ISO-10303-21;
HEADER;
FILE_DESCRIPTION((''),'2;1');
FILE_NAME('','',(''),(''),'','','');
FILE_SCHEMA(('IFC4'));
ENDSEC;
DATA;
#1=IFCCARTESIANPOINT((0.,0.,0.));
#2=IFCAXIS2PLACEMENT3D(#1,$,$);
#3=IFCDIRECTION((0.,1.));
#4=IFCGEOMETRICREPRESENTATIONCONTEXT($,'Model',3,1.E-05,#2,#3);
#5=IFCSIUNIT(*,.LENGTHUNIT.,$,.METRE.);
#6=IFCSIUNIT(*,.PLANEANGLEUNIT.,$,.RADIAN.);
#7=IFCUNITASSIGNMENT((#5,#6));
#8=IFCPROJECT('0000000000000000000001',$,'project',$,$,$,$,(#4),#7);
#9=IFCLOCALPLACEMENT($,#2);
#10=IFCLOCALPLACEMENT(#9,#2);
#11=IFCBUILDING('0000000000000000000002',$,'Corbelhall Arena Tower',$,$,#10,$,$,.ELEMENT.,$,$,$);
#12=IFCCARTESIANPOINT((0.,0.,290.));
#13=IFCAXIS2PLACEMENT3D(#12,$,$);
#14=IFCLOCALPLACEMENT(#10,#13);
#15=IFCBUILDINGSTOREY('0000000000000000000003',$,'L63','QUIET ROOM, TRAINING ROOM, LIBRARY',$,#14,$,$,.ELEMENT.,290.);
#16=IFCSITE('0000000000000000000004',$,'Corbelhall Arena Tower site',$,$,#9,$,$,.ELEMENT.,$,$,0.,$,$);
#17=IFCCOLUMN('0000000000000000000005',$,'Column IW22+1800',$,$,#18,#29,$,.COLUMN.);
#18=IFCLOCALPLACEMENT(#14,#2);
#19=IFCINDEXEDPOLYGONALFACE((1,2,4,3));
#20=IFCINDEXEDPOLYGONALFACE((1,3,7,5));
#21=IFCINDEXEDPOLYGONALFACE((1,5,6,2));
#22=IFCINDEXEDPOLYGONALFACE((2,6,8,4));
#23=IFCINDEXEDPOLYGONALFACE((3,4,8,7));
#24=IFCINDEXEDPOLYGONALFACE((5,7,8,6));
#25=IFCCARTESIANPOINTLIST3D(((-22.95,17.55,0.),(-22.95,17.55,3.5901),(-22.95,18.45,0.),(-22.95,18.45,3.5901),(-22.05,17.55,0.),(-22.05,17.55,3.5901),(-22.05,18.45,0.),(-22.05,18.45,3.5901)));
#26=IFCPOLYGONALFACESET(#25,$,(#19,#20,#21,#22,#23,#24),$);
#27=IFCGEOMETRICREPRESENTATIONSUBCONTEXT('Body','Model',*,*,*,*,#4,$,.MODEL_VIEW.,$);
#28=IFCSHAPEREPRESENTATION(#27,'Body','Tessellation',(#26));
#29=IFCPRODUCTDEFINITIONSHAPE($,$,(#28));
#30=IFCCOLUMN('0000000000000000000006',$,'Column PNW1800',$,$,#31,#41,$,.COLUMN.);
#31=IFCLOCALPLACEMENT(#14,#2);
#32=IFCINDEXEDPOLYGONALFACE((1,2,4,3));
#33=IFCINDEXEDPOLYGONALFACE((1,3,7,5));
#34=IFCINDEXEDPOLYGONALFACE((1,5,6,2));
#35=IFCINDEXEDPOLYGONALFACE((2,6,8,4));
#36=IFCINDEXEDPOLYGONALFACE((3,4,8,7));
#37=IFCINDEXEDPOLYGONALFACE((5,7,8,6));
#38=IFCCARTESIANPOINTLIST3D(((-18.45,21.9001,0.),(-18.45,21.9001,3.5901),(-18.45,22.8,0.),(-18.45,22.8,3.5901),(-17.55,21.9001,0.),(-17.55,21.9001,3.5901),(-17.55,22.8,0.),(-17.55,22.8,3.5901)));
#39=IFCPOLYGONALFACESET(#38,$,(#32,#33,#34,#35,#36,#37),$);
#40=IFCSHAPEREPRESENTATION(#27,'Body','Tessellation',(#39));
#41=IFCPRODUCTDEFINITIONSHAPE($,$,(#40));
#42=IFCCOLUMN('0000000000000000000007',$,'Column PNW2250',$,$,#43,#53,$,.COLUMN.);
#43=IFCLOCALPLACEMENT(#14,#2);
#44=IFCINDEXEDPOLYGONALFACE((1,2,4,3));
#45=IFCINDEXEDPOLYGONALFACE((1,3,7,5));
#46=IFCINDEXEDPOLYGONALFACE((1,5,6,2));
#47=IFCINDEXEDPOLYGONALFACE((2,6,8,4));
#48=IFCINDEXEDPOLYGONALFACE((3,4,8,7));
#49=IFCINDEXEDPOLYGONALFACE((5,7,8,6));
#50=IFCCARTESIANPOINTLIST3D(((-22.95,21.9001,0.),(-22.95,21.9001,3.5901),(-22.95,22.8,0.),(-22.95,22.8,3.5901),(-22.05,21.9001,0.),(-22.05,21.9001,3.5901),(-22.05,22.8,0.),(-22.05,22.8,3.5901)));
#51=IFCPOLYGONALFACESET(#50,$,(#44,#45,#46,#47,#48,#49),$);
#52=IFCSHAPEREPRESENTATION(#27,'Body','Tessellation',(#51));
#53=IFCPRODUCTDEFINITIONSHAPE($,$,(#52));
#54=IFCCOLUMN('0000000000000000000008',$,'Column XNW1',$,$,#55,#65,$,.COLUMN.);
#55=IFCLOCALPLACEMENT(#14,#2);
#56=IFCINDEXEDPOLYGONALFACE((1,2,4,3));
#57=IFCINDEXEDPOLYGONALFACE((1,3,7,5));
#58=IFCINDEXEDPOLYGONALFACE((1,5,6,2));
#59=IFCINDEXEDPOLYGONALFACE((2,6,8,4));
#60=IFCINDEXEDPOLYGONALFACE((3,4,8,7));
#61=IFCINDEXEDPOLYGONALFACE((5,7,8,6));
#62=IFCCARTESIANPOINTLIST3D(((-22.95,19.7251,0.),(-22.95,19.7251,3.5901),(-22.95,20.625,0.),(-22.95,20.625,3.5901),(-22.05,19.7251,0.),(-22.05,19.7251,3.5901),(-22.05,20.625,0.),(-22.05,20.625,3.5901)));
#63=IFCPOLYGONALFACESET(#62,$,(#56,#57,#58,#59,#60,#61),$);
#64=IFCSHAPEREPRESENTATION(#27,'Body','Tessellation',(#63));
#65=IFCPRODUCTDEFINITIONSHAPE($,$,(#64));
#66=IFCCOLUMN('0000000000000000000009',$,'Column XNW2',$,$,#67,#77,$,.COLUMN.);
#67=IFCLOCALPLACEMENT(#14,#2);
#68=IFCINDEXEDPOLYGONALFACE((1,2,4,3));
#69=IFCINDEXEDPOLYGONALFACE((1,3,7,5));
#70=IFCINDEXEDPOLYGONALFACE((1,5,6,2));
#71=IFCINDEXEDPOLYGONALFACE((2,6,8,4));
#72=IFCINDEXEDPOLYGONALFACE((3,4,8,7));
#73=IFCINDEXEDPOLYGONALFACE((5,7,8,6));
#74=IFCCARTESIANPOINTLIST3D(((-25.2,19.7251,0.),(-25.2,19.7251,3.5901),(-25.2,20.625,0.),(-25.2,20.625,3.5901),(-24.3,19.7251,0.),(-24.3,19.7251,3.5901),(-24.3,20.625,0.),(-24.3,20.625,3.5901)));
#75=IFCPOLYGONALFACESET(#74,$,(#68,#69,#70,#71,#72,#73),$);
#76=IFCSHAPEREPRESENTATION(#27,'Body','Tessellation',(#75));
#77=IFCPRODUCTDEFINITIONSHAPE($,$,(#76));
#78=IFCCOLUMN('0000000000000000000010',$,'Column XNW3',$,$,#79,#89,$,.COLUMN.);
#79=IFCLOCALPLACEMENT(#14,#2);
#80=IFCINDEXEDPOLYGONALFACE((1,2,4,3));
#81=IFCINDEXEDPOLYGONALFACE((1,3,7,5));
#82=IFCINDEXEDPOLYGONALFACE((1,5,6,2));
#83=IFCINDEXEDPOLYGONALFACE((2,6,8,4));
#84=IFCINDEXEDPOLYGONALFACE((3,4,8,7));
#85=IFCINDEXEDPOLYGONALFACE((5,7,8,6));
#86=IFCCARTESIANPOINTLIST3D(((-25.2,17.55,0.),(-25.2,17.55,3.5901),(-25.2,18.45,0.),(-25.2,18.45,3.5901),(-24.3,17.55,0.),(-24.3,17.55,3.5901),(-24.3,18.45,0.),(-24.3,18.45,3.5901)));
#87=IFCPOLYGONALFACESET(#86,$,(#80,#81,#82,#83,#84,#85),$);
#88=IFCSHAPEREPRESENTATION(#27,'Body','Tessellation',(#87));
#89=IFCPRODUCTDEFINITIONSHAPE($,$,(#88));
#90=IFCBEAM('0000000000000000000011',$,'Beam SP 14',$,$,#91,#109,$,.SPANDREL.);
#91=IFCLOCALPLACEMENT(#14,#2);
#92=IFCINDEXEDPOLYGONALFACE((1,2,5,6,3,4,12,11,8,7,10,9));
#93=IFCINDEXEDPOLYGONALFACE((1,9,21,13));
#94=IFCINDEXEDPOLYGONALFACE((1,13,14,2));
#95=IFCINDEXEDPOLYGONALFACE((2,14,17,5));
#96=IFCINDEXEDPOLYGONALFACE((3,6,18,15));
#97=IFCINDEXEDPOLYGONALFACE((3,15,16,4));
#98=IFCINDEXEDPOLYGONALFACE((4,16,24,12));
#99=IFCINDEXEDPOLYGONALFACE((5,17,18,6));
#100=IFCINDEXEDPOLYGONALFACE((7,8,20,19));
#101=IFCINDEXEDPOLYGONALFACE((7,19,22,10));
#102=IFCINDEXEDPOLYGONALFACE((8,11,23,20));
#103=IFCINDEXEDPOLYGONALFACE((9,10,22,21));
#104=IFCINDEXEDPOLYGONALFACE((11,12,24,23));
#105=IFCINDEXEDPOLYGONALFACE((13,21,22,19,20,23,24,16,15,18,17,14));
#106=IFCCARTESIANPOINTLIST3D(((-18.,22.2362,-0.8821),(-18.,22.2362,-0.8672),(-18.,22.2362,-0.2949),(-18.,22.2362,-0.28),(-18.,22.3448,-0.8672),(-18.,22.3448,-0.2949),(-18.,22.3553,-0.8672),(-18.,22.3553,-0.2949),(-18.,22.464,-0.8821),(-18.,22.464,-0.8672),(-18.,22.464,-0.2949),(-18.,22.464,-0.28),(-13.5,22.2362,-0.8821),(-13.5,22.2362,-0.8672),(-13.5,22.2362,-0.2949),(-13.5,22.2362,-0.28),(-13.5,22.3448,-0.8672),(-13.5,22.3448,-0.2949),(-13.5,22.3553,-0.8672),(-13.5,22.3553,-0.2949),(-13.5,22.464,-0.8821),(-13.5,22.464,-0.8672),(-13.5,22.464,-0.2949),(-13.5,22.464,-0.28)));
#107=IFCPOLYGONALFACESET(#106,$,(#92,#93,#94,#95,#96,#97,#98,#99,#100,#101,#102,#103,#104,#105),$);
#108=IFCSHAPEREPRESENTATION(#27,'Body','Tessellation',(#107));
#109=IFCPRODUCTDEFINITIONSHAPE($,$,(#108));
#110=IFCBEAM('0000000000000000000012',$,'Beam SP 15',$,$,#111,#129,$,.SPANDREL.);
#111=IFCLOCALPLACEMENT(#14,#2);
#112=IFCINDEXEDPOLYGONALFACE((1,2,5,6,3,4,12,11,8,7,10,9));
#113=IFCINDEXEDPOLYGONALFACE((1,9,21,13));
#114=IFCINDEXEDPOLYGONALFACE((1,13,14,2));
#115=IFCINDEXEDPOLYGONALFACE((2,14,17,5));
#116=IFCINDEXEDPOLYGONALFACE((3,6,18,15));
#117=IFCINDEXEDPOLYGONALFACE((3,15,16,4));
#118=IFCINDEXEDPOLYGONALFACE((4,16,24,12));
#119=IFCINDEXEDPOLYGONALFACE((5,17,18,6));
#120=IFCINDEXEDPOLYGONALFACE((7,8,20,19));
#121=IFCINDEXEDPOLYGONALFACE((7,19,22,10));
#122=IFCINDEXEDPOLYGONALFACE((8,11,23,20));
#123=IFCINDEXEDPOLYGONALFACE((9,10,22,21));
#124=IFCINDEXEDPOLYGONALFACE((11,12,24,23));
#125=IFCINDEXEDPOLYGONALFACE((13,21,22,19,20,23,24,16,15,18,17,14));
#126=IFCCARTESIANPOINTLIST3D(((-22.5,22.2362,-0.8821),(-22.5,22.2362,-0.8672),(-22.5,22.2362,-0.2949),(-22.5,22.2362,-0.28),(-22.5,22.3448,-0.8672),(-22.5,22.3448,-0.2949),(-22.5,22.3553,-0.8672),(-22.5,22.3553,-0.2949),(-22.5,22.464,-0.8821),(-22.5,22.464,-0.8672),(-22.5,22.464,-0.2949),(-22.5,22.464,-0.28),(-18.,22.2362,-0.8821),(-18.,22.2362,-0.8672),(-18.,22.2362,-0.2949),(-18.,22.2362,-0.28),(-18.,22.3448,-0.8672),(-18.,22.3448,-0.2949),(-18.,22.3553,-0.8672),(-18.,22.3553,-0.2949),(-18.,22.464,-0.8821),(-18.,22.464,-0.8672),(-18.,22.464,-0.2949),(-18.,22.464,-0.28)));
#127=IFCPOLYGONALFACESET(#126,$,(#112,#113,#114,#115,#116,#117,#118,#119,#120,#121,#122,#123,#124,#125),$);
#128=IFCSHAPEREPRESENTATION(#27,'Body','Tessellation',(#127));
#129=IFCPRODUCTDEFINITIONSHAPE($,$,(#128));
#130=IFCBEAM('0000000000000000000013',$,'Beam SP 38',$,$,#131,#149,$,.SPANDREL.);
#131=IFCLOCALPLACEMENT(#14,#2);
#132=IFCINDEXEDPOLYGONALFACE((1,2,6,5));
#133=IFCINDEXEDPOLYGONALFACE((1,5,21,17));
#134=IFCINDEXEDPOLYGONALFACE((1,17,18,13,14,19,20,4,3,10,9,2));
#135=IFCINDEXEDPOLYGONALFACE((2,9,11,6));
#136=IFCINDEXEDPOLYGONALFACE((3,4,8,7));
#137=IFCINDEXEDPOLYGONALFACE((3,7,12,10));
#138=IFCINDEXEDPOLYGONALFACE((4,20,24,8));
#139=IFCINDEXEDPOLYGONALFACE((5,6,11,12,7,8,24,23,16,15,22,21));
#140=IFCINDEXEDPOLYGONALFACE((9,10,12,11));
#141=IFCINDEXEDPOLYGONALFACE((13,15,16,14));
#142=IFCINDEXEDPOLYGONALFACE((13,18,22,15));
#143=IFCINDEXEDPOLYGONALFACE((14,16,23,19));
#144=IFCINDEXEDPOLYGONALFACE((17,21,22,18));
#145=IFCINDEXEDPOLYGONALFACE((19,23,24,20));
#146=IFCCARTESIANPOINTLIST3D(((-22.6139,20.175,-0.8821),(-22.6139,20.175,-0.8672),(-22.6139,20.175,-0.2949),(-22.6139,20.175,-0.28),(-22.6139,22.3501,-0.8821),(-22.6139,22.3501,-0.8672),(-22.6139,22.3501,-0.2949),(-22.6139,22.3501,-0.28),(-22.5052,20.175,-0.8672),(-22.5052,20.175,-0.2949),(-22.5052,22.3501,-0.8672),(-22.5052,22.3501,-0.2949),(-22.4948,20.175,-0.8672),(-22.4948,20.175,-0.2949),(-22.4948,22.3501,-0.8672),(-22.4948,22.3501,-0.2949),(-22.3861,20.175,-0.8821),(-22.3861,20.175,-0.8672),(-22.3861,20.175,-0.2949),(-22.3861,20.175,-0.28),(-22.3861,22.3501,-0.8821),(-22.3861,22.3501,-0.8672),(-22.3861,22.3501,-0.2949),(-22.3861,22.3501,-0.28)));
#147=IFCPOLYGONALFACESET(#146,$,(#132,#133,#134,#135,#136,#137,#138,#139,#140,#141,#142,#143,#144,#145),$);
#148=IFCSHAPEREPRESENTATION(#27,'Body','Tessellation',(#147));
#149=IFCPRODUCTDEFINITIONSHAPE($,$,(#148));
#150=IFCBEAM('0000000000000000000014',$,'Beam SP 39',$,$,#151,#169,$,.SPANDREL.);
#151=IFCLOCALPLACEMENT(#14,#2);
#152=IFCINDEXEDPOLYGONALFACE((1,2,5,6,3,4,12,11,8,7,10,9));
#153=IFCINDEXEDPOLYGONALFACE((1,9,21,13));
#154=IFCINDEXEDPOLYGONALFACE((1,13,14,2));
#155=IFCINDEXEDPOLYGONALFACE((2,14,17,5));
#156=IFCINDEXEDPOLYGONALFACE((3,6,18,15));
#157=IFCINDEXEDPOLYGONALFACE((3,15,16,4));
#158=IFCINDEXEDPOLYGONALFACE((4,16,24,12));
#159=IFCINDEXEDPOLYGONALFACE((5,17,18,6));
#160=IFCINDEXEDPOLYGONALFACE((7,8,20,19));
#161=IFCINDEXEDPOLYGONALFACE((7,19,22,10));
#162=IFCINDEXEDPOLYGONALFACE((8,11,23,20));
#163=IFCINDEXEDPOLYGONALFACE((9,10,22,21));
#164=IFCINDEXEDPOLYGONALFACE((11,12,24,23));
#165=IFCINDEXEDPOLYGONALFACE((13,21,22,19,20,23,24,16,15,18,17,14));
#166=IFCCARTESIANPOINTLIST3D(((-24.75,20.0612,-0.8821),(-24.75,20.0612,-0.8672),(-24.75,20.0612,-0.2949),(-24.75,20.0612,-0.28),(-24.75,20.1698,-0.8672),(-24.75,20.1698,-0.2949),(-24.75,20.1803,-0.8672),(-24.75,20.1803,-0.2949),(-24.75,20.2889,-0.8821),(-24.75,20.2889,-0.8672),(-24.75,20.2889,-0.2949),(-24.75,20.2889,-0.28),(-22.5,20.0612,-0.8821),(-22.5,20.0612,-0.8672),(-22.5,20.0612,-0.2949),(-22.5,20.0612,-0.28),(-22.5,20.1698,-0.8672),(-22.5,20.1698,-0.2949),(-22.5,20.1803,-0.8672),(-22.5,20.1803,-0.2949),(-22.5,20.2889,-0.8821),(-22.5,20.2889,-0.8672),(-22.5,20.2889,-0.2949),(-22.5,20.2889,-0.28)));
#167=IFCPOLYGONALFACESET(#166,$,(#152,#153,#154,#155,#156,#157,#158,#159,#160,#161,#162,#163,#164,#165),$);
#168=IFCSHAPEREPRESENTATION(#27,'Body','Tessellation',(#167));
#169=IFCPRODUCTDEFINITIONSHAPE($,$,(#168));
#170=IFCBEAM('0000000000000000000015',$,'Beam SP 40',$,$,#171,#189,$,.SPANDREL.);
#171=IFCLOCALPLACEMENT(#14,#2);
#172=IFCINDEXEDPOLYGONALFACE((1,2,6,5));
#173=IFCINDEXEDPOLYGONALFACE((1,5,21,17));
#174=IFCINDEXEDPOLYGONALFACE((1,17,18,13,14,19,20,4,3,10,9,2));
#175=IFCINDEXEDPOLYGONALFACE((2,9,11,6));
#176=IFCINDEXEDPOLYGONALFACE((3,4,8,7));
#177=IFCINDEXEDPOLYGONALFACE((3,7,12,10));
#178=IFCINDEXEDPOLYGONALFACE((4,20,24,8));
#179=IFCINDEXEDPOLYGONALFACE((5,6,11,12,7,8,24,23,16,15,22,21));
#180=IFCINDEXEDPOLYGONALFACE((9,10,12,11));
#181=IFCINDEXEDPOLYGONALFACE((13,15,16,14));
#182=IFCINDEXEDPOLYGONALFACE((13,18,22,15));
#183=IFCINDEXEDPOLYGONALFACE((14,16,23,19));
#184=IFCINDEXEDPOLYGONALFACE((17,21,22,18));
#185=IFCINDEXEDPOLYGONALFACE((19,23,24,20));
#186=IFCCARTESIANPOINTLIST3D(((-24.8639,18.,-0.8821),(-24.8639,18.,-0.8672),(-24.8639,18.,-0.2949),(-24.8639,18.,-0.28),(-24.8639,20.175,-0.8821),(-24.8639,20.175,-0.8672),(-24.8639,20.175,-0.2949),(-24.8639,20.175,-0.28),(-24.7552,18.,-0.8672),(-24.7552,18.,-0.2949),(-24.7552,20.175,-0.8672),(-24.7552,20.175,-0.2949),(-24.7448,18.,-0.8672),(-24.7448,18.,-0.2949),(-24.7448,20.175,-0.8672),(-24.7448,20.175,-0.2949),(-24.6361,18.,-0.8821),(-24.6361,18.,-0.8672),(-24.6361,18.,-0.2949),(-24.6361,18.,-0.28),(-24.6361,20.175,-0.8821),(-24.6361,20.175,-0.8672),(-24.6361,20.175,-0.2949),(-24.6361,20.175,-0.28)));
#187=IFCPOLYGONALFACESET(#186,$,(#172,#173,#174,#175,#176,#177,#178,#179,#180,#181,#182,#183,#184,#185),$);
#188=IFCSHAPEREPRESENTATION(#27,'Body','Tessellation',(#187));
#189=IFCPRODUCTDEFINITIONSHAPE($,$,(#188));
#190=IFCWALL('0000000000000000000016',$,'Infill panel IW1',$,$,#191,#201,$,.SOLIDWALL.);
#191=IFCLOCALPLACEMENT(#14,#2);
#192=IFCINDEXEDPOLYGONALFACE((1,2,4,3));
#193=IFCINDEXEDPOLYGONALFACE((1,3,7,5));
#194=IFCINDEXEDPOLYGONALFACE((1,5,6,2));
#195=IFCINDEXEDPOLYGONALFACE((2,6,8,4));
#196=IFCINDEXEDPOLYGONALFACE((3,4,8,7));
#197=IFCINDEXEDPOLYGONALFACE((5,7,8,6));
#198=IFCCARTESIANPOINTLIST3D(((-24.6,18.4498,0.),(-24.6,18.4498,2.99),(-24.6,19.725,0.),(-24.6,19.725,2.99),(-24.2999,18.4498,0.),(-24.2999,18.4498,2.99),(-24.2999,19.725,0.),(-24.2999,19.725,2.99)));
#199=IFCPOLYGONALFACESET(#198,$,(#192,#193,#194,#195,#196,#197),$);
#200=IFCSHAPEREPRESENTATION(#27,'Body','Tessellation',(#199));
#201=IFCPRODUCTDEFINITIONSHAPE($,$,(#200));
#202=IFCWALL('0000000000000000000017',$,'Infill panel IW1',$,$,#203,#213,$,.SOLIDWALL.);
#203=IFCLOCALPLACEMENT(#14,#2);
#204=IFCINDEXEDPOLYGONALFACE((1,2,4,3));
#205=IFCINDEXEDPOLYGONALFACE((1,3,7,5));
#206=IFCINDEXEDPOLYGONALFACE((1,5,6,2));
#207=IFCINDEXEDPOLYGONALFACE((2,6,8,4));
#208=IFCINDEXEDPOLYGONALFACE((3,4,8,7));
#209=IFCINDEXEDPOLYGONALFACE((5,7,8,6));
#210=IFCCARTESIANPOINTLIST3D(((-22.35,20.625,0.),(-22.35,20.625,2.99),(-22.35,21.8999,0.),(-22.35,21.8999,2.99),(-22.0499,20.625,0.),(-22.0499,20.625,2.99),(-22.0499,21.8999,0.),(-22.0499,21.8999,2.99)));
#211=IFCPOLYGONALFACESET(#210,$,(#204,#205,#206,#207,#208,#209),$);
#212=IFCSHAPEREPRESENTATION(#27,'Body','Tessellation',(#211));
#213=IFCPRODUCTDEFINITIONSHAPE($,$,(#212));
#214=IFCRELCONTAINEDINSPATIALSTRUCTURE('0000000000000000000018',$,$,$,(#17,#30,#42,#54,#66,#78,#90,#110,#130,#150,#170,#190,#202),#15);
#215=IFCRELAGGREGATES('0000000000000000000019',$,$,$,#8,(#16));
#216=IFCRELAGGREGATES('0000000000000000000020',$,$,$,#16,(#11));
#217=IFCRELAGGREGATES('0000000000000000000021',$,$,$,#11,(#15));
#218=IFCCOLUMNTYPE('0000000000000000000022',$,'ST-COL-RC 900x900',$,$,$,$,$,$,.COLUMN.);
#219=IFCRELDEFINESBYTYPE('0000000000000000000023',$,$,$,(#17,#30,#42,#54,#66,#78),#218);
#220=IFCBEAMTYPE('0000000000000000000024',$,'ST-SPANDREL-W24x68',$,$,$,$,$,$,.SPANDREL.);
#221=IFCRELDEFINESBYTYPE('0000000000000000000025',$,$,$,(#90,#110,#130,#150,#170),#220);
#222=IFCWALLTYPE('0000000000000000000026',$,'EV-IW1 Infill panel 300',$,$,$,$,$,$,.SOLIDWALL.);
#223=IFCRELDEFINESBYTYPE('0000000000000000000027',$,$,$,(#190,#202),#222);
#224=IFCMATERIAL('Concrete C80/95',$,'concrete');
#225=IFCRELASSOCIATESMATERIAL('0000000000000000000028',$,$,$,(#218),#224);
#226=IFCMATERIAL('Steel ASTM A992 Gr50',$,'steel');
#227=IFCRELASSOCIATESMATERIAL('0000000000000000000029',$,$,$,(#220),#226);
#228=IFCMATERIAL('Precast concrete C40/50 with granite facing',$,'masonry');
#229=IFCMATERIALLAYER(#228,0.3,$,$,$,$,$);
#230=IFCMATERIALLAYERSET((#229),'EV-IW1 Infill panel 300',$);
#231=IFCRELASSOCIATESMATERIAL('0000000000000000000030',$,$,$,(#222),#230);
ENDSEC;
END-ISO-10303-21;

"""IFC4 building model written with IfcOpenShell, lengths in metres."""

from ifc_helpers import new_model, si_unit, direction, frame, frame_2d, origin, origin_2d, place, context, subcontext, project, spatial, rectangle, i_section, extrude, material, layer, layer_set, material_profile, profile_set, type_object, element, save


model = new_model("IFC4")

# Units and contexts
model_context = context("Model", 3, precision=1e-05, world=origin(), true_north=direction((0.0, 1.0)))
body_context = subcontext(model_context, "Body", "Model", "MODEL_VIEW")
ifc_project = project(units=[si_unit("LENGTHUNIT", "METRE"), si_unit("PLANEANGLEUNIT", "RADIAN")], contexts=[model_context])

# Site, building, storey
site_placement = place(None, origin())
site = spatial("IfcSite", under=ifc_project, at=site_placement, Name="Corbelhall Arena Tower site", CompositionType="ELEMENT", RefElevation=0.0)
building_placement = place(site_placement, origin())
building = spatial("IfcBuilding", under=site, at=building_placement, Name="Corbelhall Arena Tower", CompositionType="ELEMENT")
storey_placement = place(building_placement, frame((0.0, 0.0, 290.0)))
storey = spatial("IfcBuildingStorey", under=building, at=storey_placement, Name="L63", Description="QUIET ROOM, TRAINING ROOM, LIBRARY", CompositionType="ELEMENT", Elevation=290.0)

# Columns
ifc_material_1 = material(Name="Concrete C80/95", Category="concrete")
ifc_material_profile_1 = material_profile(ifc_material_1, rectangle(XDim=0.8999, YDim=0.8999, at=origin_2d()))
ifc_profile_set_1 = profile_set([ifc_material_profile_1], Name="Concrete C80/95")
column_type = type_object("IfcColumnType", Name="ST-COL-RC 900x900", PredefinedType="COLUMN", material=ifc_profile_set_1)
for number, where, z_axis, x_axis, name in (
    (1, (-22.5, 18.0, 0.0), (0.0, 0.0, 1.0), (1.0, 0.0, 0.0), "Column IW22+1800"),
    (2, (-18.0, 22.3501, 0.0), (0.0, 0.0, 1.0), (1.0, 0.0, 0.0), "Column PNW1800"),
    (3, (-22.5, 22.3501, 0.0), (0.0, 0.0, 1.0), (1.0, 0.0, 0.0), "Column PNW2250"),
    (4, (-22.5, 20.175, 0.0), (0.0, 0.0, 1.0), (1.0, 0.0, 0.0), "Column XNW1"),
    (5, (-24.75, 20.175, 0.0), (0.0, 0.0, 1.0), (1.0, 0.0, 0.0), "Column XNW2"),
    (6, (-24.75, 18.0, 0.0), (0.0, 0.0, 1.0), (1.0, 0.0, 0.0), "Column XNW3"),
):
    element("IfcColumn", number, at=place(storey_placement, frame(where, z_axis=z_axis, x_axis=x_axis)), inside=storey, type_object=column_type, Name=name, PredefinedType="COLUMN", context=body_context, shape_type="SweptSolid", body=[
        extrude(rectangle(XDim=0.8999, YDim=0.8999, at=origin_2d()), origin(), (0.0, 0.0, 1.0), 3.5901),
    ])

# Beams
ifc_material_2 = material(Name="Steel ASTM A992 Gr50", Category="steel")
ifc_material_profile_2 = material_profile(ifc_material_2, i_section(OverallWidth=0.2278, OverallDepth=0.6021, WebThickness=0.0105, FlangeThickness=0.0149, at=origin_2d()))
ifc_profile_set_2 = profile_set([ifc_material_profile_2], Name="Steel ASTM A992 Gr50")
beam_type = type_object("IfcBeamType", Name="ST-SPANDREL-W24x68", PredefinedType="SPANDREL", material=ifc_profile_set_2)
for number, where, z_axis, x_axis, name in (
    (7, (-18.0, 22.3501, -0.5811), (1.0, 0.0, 0.0), (0.0, 1.0, 0.0), "Beam SP 14"),
    (8, (-22.5, 22.3501, -0.5811), (1.0, 0.0, 0.0), (0.0, 1.0, 0.0), "Beam SP 15"),
):
    element("IfcBeam", number, at=place(storey_placement, frame(where, z_axis=z_axis, x_axis=x_axis)), inside=storey, type_object=beam_type, Name=name, PredefinedType="SPANDREL", context=body_context, shape_type="SweptSolid", body=[
        extrude(i_section(OverallWidth=0.2278, OverallDepth=0.6021, WebThickness=0.0105, FlangeThickness=0.0149, at=origin_2d()), origin(), (0.0, 0.0, 1.0), 4.5),
    ])
beam_1_placement = place(storey_placement, frame((-22.5, 20.175, -0.5811), z_axis=(0.0, 1.0, 0.0), x_axis=(-1.0, 0.0, 0.0)))
element("IfcBeam", 9, at=beam_1_placement, inside=storey, type_object=beam_type, Name="Beam SP 38", PredefinedType="SPANDREL", context=body_context, shape_type="SweptSolid", body=[
    extrude(i_section(OverallWidth=0.2278, OverallDepth=0.6021, WebThickness=0.0105, FlangeThickness=0.0149, at=origin_2d()), origin(), (0.0, 0.0, 1.0), 2.175),
])
beam_2_placement = place(storey_placement, frame((-24.75, 20.175, -0.5811), z_axis=(1.0, 0.0, 0.0), x_axis=(0.0, 1.0, 0.0)))
element("IfcBeam", 10, at=beam_2_placement, inside=storey, type_object=beam_type, Name="Beam SP 39", PredefinedType="SPANDREL", context=body_context, shape_type="SweptSolid", body=[
    extrude(i_section(OverallWidth=0.2278, OverallDepth=0.6021, WebThickness=0.0105, FlangeThickness=0.0149, at=origin_2d()), origin(), (0.0, 0.0, 1.0), 2.25),
])
beam_3_placement = place(storey_placement, frame((-24.75, 18.0, -0.5811), z_axis=(0.0, 1.0, 0.0), x_axis=(-1.0, 0.0, 0.0)))
element("IfcBeam", 11, at=beam_3_placement, inside=storey, type_object=beam_type, Name="Beam SP 40", PredefinedType="SPANDREL", context=body_context, shape_type="SweptSolid", body=[
    extrude(i_section(OverallWidth=0.2278, OverallDepth=0.6021, WebThickness=0.0105, FlangeThickness=0.0149, at=origin_2d()), origin(), (0.0, 0.0, 1.0), 2.175),
])

# Wall
ifc_material_3 = material(Name="Precast concrete C40/50 with granite facing", Category="masonry")
ifc_layer_1 = layer(ifc_material_3, 0.3)
ifc_layer_set_1 = layer_set([ifc_layer_1], Name="EV-IW1 Infill panel 300")
wall_type_1 = type_object("IfcWallType", Name="EV-IW1 Infill panel 300", PredefinedType="SOLIDWALL", material=ifc_layer_set_1)
wall_1_placement = place(storey_placement, frame((-24.45, 19.7251, 0.0), z_axis=(0.0, 0.0, 1.0), x_axis=(0.0, -1.0, 0.0)))
element("IfcWall", 12, at=wall_1_placement, inside=storey, type_object=wall_type_1, Name="Infill panel IW1", PredefinedType="SOLIDWALL", context=body_context, shape_type="SweptSolid", body=[
    extrude(rectangle(XDim=1.2751, YDim=0.3, at=frame_2d((0.6377, 0.0))), origin(), (0.0, 0.0, 1.0), 2.99),
])

# Wall
wall_2_placement = place(storey_placement, frame((-22.2, 21.8999, 0.0), z_axis=(0.0, 0.0, 1.0), x_axis=(0.0, -1.0, 0.0)))
element("IfcWall", 13, at=wall_2_placement, inside=storey, type_object=wall_type_1, Name="Infill panel IW1", PredefinedType="SOLIDWALL", context=body_context, shape_type="SweptSolid", body=[
    extrude(rectangle(XDim=1.2749, YDim=0.3, at=frame_2d((0.6375, 0.0))), origin(), (0.0, 0.0, 1.0), 2.99),
])

save(model, "model.ifc")
